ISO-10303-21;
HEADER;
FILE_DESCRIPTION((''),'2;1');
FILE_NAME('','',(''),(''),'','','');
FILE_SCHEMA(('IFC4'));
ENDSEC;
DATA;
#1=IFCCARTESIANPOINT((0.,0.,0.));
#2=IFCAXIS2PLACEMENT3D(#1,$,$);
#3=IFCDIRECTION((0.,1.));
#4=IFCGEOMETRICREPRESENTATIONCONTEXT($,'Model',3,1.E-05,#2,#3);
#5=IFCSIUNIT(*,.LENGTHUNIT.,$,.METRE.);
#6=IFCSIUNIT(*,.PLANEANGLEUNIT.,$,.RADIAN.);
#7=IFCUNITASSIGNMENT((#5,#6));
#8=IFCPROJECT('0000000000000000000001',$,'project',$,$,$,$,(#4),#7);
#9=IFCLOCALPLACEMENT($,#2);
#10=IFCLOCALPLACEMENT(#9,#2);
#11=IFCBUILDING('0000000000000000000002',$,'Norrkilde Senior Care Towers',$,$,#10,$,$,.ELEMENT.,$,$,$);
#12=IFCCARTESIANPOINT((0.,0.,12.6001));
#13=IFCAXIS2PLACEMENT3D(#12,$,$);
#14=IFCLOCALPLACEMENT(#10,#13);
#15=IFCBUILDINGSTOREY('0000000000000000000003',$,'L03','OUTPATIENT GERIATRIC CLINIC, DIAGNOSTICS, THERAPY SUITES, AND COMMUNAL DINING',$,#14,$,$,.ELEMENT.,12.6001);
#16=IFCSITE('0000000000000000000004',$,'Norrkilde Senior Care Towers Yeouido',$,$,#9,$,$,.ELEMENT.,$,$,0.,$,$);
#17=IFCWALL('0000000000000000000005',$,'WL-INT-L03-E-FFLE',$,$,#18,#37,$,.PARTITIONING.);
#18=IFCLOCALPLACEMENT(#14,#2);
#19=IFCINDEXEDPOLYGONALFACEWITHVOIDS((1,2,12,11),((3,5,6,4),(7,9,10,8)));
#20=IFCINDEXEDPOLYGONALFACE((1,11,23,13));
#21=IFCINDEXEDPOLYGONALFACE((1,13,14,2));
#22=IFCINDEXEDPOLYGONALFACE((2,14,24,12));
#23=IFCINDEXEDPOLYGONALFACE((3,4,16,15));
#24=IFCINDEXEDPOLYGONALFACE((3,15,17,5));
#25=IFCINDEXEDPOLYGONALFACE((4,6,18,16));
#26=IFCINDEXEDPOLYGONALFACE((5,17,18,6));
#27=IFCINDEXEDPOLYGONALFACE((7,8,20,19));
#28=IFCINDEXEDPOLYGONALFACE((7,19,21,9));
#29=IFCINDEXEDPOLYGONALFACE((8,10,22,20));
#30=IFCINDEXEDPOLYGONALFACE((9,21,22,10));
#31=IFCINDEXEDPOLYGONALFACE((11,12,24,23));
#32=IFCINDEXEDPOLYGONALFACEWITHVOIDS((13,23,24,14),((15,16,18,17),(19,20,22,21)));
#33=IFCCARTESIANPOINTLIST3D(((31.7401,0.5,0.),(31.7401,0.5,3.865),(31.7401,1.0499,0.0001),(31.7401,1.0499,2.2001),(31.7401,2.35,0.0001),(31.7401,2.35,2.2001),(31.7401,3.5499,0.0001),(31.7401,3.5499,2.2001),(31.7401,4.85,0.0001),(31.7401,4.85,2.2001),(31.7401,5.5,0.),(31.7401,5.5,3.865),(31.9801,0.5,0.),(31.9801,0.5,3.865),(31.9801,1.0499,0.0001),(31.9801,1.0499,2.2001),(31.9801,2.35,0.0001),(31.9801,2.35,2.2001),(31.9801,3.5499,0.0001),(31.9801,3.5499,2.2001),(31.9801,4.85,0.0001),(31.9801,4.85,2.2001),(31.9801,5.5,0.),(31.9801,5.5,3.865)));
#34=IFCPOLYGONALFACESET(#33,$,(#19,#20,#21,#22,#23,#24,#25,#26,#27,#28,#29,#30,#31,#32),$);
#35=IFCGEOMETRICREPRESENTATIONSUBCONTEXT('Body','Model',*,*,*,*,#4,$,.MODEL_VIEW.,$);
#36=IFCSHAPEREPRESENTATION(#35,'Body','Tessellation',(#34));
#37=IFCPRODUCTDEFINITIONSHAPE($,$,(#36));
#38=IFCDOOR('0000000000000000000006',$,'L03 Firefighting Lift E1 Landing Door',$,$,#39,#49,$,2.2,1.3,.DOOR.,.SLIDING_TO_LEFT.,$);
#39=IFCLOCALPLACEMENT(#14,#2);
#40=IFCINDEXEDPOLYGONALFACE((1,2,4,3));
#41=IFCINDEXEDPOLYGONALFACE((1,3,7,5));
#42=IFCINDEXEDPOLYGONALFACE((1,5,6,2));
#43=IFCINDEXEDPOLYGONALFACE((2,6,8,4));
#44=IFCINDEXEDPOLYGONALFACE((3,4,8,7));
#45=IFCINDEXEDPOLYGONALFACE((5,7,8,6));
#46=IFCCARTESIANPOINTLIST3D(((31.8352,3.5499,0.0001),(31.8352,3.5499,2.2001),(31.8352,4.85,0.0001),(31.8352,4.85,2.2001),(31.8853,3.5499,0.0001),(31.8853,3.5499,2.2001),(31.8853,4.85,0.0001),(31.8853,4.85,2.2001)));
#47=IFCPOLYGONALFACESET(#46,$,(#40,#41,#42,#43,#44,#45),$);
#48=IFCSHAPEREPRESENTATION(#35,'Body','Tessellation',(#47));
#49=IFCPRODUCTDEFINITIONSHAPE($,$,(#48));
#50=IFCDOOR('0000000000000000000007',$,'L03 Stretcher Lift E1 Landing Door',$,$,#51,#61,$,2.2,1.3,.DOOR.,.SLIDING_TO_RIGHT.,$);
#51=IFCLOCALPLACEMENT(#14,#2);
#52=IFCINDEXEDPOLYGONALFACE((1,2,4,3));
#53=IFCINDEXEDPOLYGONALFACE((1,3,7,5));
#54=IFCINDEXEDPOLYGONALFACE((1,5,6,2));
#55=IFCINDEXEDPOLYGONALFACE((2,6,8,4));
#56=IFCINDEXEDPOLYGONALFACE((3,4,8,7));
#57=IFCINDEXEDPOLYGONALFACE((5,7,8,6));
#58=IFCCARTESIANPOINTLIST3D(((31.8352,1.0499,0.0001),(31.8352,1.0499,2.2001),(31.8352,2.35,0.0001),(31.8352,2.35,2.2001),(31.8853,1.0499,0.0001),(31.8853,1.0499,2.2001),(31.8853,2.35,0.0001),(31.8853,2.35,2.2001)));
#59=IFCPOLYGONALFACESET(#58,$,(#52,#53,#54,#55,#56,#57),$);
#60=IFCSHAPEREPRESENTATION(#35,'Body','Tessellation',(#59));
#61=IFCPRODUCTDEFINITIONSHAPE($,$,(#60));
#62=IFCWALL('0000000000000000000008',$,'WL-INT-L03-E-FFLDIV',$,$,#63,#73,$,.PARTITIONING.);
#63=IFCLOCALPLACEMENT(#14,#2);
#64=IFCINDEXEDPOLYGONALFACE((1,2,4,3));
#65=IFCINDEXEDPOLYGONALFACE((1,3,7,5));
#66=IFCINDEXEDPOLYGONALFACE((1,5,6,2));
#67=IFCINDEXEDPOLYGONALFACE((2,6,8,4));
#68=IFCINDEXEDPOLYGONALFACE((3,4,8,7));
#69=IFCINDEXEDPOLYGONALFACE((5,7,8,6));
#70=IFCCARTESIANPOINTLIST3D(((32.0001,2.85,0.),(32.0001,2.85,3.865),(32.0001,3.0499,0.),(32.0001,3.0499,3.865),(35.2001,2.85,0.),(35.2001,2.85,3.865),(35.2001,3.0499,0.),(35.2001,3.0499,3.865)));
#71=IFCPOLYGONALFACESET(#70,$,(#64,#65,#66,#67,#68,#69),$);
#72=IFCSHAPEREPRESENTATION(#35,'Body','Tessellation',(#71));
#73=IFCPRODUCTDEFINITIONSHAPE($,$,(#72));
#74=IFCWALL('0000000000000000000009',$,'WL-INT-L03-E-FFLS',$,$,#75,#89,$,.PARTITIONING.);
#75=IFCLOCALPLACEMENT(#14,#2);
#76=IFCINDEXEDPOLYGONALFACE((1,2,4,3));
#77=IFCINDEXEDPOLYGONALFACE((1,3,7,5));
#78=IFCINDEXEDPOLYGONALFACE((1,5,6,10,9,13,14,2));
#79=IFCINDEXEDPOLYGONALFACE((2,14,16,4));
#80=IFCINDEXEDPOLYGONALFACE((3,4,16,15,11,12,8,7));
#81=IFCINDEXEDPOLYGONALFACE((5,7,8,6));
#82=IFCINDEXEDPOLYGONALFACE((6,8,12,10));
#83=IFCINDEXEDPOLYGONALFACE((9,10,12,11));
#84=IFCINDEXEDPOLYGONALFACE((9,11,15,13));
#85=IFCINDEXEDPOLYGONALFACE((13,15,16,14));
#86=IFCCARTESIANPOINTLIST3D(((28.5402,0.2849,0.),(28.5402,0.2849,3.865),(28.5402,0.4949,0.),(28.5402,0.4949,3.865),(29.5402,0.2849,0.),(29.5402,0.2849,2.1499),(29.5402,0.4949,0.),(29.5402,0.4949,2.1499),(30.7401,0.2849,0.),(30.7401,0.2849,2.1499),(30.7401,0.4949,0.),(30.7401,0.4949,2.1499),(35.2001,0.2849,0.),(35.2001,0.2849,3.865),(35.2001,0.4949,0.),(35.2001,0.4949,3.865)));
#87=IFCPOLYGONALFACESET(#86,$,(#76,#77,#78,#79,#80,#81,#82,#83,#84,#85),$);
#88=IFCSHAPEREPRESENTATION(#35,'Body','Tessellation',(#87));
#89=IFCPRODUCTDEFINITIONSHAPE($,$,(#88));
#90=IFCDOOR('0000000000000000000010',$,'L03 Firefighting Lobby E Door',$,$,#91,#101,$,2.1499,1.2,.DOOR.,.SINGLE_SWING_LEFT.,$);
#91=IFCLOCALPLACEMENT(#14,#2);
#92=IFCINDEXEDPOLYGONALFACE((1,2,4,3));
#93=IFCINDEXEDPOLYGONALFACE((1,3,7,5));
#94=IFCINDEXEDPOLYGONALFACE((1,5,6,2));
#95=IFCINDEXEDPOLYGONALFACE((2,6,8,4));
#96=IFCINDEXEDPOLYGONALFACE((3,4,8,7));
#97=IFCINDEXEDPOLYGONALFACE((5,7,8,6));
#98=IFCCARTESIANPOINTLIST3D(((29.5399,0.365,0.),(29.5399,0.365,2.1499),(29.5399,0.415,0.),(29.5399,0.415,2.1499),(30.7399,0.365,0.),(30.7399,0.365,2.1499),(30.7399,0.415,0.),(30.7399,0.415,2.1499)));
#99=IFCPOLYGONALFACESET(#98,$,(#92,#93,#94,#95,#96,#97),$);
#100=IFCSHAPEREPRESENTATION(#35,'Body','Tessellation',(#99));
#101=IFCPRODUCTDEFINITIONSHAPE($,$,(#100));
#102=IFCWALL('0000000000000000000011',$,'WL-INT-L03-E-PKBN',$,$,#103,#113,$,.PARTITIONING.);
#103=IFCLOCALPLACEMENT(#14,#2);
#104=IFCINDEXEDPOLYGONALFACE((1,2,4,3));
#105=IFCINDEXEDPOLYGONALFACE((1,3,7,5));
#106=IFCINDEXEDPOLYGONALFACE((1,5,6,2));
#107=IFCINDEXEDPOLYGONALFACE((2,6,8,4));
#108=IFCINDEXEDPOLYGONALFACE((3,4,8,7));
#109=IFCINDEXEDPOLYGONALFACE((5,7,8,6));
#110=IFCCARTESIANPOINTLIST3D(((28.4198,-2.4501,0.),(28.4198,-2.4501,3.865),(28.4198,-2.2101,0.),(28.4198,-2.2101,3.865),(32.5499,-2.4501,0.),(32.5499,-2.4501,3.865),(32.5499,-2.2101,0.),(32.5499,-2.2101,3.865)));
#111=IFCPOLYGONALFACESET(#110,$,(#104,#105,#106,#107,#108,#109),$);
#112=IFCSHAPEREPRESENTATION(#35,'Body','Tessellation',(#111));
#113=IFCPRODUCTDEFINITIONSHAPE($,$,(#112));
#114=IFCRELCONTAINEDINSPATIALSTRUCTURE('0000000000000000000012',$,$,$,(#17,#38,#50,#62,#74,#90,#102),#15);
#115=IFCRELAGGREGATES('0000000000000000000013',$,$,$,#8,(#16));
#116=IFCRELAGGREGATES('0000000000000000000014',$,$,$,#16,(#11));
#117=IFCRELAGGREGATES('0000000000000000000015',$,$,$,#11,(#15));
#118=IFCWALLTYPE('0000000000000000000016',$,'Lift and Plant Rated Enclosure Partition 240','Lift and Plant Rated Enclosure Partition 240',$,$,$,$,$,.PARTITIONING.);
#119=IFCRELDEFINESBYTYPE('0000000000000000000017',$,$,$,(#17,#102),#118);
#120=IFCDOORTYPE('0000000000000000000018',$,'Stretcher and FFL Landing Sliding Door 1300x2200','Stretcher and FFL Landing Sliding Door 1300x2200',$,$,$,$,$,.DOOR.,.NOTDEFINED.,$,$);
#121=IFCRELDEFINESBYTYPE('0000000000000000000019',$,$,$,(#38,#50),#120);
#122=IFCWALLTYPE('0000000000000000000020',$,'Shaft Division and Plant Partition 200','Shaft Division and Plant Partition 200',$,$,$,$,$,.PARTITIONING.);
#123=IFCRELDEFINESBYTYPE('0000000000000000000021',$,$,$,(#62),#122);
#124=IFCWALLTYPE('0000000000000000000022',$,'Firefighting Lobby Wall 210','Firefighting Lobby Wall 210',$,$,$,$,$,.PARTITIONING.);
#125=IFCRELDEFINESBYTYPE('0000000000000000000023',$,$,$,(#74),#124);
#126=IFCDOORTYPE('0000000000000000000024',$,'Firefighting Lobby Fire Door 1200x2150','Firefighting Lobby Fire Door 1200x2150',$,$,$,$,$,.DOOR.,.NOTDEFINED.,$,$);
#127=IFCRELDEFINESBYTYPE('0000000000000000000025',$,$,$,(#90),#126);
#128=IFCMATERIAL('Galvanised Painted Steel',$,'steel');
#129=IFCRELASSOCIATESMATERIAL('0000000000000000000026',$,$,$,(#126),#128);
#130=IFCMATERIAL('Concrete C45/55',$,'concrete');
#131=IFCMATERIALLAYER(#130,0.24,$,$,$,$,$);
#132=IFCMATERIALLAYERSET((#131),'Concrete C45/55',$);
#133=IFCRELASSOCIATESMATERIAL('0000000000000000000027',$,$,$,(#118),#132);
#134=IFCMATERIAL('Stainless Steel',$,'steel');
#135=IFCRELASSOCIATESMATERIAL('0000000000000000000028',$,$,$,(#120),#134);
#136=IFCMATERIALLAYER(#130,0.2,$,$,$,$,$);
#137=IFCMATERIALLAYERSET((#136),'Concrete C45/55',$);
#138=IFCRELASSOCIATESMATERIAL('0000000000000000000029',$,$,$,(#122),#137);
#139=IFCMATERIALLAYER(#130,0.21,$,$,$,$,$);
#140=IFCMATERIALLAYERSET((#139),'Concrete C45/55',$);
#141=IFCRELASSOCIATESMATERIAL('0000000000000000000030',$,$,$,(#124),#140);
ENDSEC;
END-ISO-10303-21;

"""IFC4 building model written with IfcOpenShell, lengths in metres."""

from ifc_helpers import new_model, si_unit, direction, frame, frame_2d, origin, place, context, subcontext, project, spatial, rectangle, extrude, source, transform, mapped, material, layer, layer_set, type_object, type_shapes, element, fill, save


model = new_model("IFC4")

# Units and contexts
model_context = context("Model", 3, precision=1e-05, world=origin(), true_north=direction((0.0, 1.0)))
body_context = subcontext(model_context, "Body", "Model", "MODEL_VIEW")
ifc_project = project(units=[si_unit("LENGTHUNIT", "METRE"), si_unit("PLANEANGLEUNIT", "RADIAN")], contexts=[model_context])

# Site, building, storey
site_placement = place(None, origin())
site = spatial("IfcSite", under=ifc_project, at=site_placement, Name="Norrkilde Senior Care Towers Yeouido", CompositionType="ELEMENT", RefElevation=0.0)
building_placement = place(site_placement, origin())
building = spatial("IfcBuilding", under=site, at=building_placement, Name="Norrkilde Senior Care Towers", CompositionType="ELEMENT")
storey_placement = place(building_placement, frame((0.0, 0.0, 12.6001)))
storey = spatial("IfcBuildingStorey", under=building, at=storey_placement, Name="L03", Description="OUTPATIENT GERIATRIC CLINIC, DIAGNOSTICS, THERAPY SUITES, AND COMMUNAL DINING", CompositionType="ELEMENT", Elevation=12.6001)

# Shared definitions
ifc_material_1 = material(Name="Galvanised Painted Steel", Category="steel")
door_type_1 = type_object("IfcDoorType", Name="Firefighting Lobby Fire Door 1200x2150", Description="Firefighting Lobby Fire Door 1200x2150", OperationType="NOTDEFINED", PredefinedType="DOOR", material=ifc_material_1)
shared_shape_1 = source(origin(), body_context, "Body", "SweptSolid", [
    extrude(rectangle(XDim=1.2, YDim=2.1499, at=frame_2d((0.6001, 1.075))), frame((0.0, 0.0249, 0.0), z_axis=(0.0, -1.0, 0.0), x_axis=(1.0, 0.0, 0.0)), (0.0, 0.0, 1.0), 0.05),
])
type_shapes(door_type_1, [shared_shape_1])

# Shared definitions
ifc_material_2 = material(Name="Concrete C45/55", Category="concrete")

# Wall, openings, doors
ifc_layer_1 = layer(ifc_material_2, 0.24)
ifc_layer_set_1 = layer_set([ifc_layer_1], Name="Concrete C45/55")
wall_type_1 = type_object("IfcWallType", Name="Lift and Plant Rated Enclosure Partition 240", Description="Lift and Plant Rated Enclosure Partition 240", PredefinedType="PARTITIONING", material=ifc_layer_set_1)
shared_shape_2 = source(origin(), body_context, "Body", "SweptSolid", [
    extrude(rectangle(XDim=5.0, YDim=0.24, at=frame_2d((2.5, 0.0))), origin(), (0.0, 0.0, 1.0), 3.865),
])
wall_1_placement = place(storey_placement, frame((31.8601, 0.5, 0.0), z_axis=(0.0, 0.0, 1.0), x_axis=(0.0, 1.0, 0.0)))
wall_1 = element("IfcWall", 1, at=wall_1_placement, inside=storey, type_object=wall_type_1, Name="WL-INT-L03-E-FFLE", PredefinedType="PARTITIONING", context=body_context, shape_type="MappedRepresentation", body=[
    mapped(shared_shape_2, transform((0.0, 0.0, 0.0), x_axis=(1.0, 0.0, 0.0), y_axis=(0.0, 1.0, 0.0), z_axis=(0.0, 0.0, 1.0), scale=1.0)),
])
opening_1_placement = place(wall_1_placement, frame((3.05, 0.0, 0.0)))
opening_1 = element("IfcOpeningElement", 2, at=opening_1_placement, cuts=wall_1, PredefinedType="OPENING", context=body_context, shape_type="SweptSolid", body=[
    extrude(rectangle(XDim=1.3, YDim=2.2, at=frame_2d((0.6499, 1.1001))), frame((0.0, 0.1299, 0.0), z_axis=(0.0, -1.0, 0.0), x_axis=(1.0, 0.0, 0.0)), (0.0, 0.0, 1.0), 0.26),
])
opening_2_placement = place(wall_1_placement, frame((0.55, 0.0, 0.0)))
opening_2 = element("IfcOpeningElement", 3, at=opening_2_placement, cuts=wall_1, PredefinedType="OPENING", context=body_context, shape_type="SweptSolid", body=[
    extrude(rectangle(XDim=1.3, YDim=2.2, at=frame_2d((0.6499, 1.1001))), frame((0.0, 0.1299, 0.0), z_axis=(0.0, -1.0, 0.0), x_axis=(1.0, 0.0, 0.0)), (0.0, 0.0, 1.0), 0.26),
])
ifc_material_3 = material(Name="Stainless Steel", Category="steel")
door_type_2 = type_object("IfcDoorType", Name="Stretcher and FFL Landing Sliding Door 1300x2200", Description="Stretcher and FFL Landing Sliding Door 1300x2200", OperationType="NOTDEFINED", PredefinedType="DOOR", material=ifc_material_3)
shared_shape_3 = source(origin(), body_context, "Body", "SweptSolid", [
    extrude(rectangle(XDim=1.3, YDim=2.2, at=frame_2d((0.6499, 1.1001))), frame((0.0, 0.0249, 0.0), z_axis=(0.0, -1.0, 0.0), x_axis=(1.0, 0.0, 0.0)), (0.0, 0.0, 1.0), 0.05),
])
type_shapes(door_type_2, [shared_shape_3])
door_1_placement = place(opening_1_placement, origin())
door_1 = element("IfcDoor", 4, at=door_1_placement, inside=storey, type_object=door_type_2, Name="L03 Firefighting Lift E1 Landing Door", OperationType="SLIDING_TO_LEFT", OverallHeight=2.2, OverallWidth=1.3, PredefinedType="DOOR", context=body_context, shape_type="MappedRepresentation", body=[
    mapped(shared_shape_3, transform((0.0, 0.0, 0.0), x_axis=(1.0, 0.0, 0.0), y_axis=(0.0, 1.0, 0.0), z_axis=(0.0, 0.0, 1.0), scale=1.0)),
])
fill(opening_1, door_1)
door_2_placement = place(opening_2_placement, origin())
door_2 = element("IfcDoor", 5, at=door_2_placement, inside=storey, type_object=door_type_2, Name="L03 Stretcher Lift E1 Landing Door", OperationType="SLIDING_TO_RIGHT", OverallHeight=2.2, OverallWidth=1.3, PredefinedType="DOOR", context=body_context, shape_type="MappedRepresentation", body=[
    mapped(shared_shape_3, transform((0.0, 0.0, 0.0), x_axis=(1.0, 0.0, 0.0), y_axis=(0.0, 1.0, 0.0), z_axis=(0.0, 0.0, 1.0), scale=1.0)),
])
fill(opening_2, door_2)

# Wall
ifc_layer_2 = layer(ifc_material_2, 0.2)
ifc_layer_set_2 = layer_set([ifc_layer_2], Name="Concrete C45/55")
wall_type_2 = type_object("IfcWallType", Name="Shaft Division and Plant Partition 200", Description="Shaft Division and Plant Partition 200", PredefinedType="PARTITIONING", material=ifc_layer_set_2)
shared_shape_4 = source(origin(), body_context, "Body", "SweptSolid", [
    extrude(rectangle(XDim=3.2, YDim=0.2, at=frame_2d((1.6001, 0.0))), origin(), (0.0, 0.0, 1.0), 3.865),
])
type_shapes(wall_type_2, [shared_shape_4])
wall_2_placement = place(storey_placement, frame((32.0, 2.95, 0.0), z_axis=(0.0, 0.0, 1.0), x_axis=(1.0, 0.0, 0.0)))
element("IfcWall", 6, at=wall_2_placement, inside=storey, type_object=wall_type_2, Name="WL-INT-L03-E-FFLDIV", PredefinedType="PARTITIONING", context=body_context, shape_type="MappedRepresentation", body=[
    mapped(shared_shape_4, transform((0.0, 0.0, 0.0), x_axis=(1.0, 0.0, 0.0), y_axis=(0.0, 1.0, 0.0), z_axis=(0.0, 0.0, 1.0), scale=1.0)),
])

# Wall, opening, door
ifc_layer_3 = layer(ifc_material_2, 0.21)
ifc_layer_set_3 = layer_set([ifc_layer_3], Name="Concrete C45/55")
wall_type_3 = type_object("IfcWallType", Name="Firefighting Lobby Wall 210", Description="Firefighting Lobby Wall 210", PredefinedType="PARTITIONING", material=ifc_layer_set_3)
shared_shape_5 = source(origin(), body_context, "Body", "SweptSolid", [
    extrude(rectangle(XDim=6.6599, YDim=0.21, at=frame_2d((3.3301, 0.0))), origin(), (0.0, 0.0, 1.0), 3.865),
])
type_shapes(wall_type_3, [shared_shape_5])
wall_3_placement = place(storey_placement, frame((28.54, 0.3899, 0.0), z_axis=(0.0, 0.0, 1.0), x_axis=(1.0, 0.0, 0.0)))
wall_3 = element("IfcWall", 7, at=wall_3_placement, inside=storey, type_object=wall_type_3, Name="WL-INT-L03-E-FFLS", PredefinedType="PARTITIONING", context=body_context, shape_type="MappedRepresentation", body=[
    mapped(shared_shape_5, transform((0.0, 0.0, 0.0), x_axis=(1.0, 0.0, 0.0), y_axis=(0.0, 1.0, 0.0), z_axis=(0.0, 0.0, 1.0), scale=1.0)),
])
opening_3_placement = place(wall_3_placement, frame((1.0, 0.0, 0.0)))
opening_3 = element("IfcOpeningElement", 8, at=opening_3_placement, cuts=wall_3, PredefinedType="OPENING", context=body_context, shape_type="SweptSolid", body=[
    extrude(rectangle(XDim=1.2, YDim=2.1499, at=frame_2d((0.6001, 1.075))), frame((0.0, 0.115, 0.0), z_axis=(0.0, -1.0, 0.0), x_axis=(1.0, 0.0, 0.0)), (0.0, 0.0, 1.0), 0.23),
])
door_3_placement = place(opening_3_placement, frame((1.2, 0.0, 0.0), z_axis=(0.0, 0.0, 1.0), x_axis=(-1.0, 0.0, 0.0)))
door_3 = element("IfcDoor", 9, at=door_3_placement, inside=storey, type_object=door_type_1, Name="L03 Firefighting Lobby E Door", OperationType="SINGLE_SWING_LEFT", OverallHeight=2.1499, OverallWidth=1.2, PredefinedType="DOOR", context=body_context, shape_type="MappedRepresentation", body=[
    mapped(shared_shape_1, transform((0.0, 0.0, 0.0), x_axis=(1.0, 0.0, 0.0), y_axis=(0.0, 1.0, 0.0), z_axis=(0.0, 0.0, 1.0), scale=1.0)),
])
fill(opening_3, door_3)

# Wall
shared_shape_6 = source(origin(), body_context, "Body", "SweptSolid", [
    extrude(rectangle(XDim=4.1301, YDim=0.24, at=frame_2d((2.0649, 0.0))), origin(), (0.0, 0.0, 1.0), 3.865),
])
type_shapes(wall_type_1, [shared_shape_2, shared_shape_6])
wall_4_placement = place(storey_placement, frame((28.4199, -2.3301, 0.0), z_axis=(0.0, 0.0, 1.0), x_axis=(1.0, 0.0, 0.0)))
element("IfcWall", 10, at=wall_4_placement, inside=storey, type_object=wall_type_1, Name="WL-INT-L03-E-PKBN", PredefinedType="PARTITIONING", context=body_context, shape_type="MappedRepresentation", body=[
    mapped(shared_shape_6, transform((0.0, 0.0, 0.0), x_axis=(1.0, 0.0, 0.0), y_axis=(0.0, 1.0, 0.0), z_axis=(0.0, 0.0, 1.0), scale=1.0)),
])

save(model, "model.ifc")
